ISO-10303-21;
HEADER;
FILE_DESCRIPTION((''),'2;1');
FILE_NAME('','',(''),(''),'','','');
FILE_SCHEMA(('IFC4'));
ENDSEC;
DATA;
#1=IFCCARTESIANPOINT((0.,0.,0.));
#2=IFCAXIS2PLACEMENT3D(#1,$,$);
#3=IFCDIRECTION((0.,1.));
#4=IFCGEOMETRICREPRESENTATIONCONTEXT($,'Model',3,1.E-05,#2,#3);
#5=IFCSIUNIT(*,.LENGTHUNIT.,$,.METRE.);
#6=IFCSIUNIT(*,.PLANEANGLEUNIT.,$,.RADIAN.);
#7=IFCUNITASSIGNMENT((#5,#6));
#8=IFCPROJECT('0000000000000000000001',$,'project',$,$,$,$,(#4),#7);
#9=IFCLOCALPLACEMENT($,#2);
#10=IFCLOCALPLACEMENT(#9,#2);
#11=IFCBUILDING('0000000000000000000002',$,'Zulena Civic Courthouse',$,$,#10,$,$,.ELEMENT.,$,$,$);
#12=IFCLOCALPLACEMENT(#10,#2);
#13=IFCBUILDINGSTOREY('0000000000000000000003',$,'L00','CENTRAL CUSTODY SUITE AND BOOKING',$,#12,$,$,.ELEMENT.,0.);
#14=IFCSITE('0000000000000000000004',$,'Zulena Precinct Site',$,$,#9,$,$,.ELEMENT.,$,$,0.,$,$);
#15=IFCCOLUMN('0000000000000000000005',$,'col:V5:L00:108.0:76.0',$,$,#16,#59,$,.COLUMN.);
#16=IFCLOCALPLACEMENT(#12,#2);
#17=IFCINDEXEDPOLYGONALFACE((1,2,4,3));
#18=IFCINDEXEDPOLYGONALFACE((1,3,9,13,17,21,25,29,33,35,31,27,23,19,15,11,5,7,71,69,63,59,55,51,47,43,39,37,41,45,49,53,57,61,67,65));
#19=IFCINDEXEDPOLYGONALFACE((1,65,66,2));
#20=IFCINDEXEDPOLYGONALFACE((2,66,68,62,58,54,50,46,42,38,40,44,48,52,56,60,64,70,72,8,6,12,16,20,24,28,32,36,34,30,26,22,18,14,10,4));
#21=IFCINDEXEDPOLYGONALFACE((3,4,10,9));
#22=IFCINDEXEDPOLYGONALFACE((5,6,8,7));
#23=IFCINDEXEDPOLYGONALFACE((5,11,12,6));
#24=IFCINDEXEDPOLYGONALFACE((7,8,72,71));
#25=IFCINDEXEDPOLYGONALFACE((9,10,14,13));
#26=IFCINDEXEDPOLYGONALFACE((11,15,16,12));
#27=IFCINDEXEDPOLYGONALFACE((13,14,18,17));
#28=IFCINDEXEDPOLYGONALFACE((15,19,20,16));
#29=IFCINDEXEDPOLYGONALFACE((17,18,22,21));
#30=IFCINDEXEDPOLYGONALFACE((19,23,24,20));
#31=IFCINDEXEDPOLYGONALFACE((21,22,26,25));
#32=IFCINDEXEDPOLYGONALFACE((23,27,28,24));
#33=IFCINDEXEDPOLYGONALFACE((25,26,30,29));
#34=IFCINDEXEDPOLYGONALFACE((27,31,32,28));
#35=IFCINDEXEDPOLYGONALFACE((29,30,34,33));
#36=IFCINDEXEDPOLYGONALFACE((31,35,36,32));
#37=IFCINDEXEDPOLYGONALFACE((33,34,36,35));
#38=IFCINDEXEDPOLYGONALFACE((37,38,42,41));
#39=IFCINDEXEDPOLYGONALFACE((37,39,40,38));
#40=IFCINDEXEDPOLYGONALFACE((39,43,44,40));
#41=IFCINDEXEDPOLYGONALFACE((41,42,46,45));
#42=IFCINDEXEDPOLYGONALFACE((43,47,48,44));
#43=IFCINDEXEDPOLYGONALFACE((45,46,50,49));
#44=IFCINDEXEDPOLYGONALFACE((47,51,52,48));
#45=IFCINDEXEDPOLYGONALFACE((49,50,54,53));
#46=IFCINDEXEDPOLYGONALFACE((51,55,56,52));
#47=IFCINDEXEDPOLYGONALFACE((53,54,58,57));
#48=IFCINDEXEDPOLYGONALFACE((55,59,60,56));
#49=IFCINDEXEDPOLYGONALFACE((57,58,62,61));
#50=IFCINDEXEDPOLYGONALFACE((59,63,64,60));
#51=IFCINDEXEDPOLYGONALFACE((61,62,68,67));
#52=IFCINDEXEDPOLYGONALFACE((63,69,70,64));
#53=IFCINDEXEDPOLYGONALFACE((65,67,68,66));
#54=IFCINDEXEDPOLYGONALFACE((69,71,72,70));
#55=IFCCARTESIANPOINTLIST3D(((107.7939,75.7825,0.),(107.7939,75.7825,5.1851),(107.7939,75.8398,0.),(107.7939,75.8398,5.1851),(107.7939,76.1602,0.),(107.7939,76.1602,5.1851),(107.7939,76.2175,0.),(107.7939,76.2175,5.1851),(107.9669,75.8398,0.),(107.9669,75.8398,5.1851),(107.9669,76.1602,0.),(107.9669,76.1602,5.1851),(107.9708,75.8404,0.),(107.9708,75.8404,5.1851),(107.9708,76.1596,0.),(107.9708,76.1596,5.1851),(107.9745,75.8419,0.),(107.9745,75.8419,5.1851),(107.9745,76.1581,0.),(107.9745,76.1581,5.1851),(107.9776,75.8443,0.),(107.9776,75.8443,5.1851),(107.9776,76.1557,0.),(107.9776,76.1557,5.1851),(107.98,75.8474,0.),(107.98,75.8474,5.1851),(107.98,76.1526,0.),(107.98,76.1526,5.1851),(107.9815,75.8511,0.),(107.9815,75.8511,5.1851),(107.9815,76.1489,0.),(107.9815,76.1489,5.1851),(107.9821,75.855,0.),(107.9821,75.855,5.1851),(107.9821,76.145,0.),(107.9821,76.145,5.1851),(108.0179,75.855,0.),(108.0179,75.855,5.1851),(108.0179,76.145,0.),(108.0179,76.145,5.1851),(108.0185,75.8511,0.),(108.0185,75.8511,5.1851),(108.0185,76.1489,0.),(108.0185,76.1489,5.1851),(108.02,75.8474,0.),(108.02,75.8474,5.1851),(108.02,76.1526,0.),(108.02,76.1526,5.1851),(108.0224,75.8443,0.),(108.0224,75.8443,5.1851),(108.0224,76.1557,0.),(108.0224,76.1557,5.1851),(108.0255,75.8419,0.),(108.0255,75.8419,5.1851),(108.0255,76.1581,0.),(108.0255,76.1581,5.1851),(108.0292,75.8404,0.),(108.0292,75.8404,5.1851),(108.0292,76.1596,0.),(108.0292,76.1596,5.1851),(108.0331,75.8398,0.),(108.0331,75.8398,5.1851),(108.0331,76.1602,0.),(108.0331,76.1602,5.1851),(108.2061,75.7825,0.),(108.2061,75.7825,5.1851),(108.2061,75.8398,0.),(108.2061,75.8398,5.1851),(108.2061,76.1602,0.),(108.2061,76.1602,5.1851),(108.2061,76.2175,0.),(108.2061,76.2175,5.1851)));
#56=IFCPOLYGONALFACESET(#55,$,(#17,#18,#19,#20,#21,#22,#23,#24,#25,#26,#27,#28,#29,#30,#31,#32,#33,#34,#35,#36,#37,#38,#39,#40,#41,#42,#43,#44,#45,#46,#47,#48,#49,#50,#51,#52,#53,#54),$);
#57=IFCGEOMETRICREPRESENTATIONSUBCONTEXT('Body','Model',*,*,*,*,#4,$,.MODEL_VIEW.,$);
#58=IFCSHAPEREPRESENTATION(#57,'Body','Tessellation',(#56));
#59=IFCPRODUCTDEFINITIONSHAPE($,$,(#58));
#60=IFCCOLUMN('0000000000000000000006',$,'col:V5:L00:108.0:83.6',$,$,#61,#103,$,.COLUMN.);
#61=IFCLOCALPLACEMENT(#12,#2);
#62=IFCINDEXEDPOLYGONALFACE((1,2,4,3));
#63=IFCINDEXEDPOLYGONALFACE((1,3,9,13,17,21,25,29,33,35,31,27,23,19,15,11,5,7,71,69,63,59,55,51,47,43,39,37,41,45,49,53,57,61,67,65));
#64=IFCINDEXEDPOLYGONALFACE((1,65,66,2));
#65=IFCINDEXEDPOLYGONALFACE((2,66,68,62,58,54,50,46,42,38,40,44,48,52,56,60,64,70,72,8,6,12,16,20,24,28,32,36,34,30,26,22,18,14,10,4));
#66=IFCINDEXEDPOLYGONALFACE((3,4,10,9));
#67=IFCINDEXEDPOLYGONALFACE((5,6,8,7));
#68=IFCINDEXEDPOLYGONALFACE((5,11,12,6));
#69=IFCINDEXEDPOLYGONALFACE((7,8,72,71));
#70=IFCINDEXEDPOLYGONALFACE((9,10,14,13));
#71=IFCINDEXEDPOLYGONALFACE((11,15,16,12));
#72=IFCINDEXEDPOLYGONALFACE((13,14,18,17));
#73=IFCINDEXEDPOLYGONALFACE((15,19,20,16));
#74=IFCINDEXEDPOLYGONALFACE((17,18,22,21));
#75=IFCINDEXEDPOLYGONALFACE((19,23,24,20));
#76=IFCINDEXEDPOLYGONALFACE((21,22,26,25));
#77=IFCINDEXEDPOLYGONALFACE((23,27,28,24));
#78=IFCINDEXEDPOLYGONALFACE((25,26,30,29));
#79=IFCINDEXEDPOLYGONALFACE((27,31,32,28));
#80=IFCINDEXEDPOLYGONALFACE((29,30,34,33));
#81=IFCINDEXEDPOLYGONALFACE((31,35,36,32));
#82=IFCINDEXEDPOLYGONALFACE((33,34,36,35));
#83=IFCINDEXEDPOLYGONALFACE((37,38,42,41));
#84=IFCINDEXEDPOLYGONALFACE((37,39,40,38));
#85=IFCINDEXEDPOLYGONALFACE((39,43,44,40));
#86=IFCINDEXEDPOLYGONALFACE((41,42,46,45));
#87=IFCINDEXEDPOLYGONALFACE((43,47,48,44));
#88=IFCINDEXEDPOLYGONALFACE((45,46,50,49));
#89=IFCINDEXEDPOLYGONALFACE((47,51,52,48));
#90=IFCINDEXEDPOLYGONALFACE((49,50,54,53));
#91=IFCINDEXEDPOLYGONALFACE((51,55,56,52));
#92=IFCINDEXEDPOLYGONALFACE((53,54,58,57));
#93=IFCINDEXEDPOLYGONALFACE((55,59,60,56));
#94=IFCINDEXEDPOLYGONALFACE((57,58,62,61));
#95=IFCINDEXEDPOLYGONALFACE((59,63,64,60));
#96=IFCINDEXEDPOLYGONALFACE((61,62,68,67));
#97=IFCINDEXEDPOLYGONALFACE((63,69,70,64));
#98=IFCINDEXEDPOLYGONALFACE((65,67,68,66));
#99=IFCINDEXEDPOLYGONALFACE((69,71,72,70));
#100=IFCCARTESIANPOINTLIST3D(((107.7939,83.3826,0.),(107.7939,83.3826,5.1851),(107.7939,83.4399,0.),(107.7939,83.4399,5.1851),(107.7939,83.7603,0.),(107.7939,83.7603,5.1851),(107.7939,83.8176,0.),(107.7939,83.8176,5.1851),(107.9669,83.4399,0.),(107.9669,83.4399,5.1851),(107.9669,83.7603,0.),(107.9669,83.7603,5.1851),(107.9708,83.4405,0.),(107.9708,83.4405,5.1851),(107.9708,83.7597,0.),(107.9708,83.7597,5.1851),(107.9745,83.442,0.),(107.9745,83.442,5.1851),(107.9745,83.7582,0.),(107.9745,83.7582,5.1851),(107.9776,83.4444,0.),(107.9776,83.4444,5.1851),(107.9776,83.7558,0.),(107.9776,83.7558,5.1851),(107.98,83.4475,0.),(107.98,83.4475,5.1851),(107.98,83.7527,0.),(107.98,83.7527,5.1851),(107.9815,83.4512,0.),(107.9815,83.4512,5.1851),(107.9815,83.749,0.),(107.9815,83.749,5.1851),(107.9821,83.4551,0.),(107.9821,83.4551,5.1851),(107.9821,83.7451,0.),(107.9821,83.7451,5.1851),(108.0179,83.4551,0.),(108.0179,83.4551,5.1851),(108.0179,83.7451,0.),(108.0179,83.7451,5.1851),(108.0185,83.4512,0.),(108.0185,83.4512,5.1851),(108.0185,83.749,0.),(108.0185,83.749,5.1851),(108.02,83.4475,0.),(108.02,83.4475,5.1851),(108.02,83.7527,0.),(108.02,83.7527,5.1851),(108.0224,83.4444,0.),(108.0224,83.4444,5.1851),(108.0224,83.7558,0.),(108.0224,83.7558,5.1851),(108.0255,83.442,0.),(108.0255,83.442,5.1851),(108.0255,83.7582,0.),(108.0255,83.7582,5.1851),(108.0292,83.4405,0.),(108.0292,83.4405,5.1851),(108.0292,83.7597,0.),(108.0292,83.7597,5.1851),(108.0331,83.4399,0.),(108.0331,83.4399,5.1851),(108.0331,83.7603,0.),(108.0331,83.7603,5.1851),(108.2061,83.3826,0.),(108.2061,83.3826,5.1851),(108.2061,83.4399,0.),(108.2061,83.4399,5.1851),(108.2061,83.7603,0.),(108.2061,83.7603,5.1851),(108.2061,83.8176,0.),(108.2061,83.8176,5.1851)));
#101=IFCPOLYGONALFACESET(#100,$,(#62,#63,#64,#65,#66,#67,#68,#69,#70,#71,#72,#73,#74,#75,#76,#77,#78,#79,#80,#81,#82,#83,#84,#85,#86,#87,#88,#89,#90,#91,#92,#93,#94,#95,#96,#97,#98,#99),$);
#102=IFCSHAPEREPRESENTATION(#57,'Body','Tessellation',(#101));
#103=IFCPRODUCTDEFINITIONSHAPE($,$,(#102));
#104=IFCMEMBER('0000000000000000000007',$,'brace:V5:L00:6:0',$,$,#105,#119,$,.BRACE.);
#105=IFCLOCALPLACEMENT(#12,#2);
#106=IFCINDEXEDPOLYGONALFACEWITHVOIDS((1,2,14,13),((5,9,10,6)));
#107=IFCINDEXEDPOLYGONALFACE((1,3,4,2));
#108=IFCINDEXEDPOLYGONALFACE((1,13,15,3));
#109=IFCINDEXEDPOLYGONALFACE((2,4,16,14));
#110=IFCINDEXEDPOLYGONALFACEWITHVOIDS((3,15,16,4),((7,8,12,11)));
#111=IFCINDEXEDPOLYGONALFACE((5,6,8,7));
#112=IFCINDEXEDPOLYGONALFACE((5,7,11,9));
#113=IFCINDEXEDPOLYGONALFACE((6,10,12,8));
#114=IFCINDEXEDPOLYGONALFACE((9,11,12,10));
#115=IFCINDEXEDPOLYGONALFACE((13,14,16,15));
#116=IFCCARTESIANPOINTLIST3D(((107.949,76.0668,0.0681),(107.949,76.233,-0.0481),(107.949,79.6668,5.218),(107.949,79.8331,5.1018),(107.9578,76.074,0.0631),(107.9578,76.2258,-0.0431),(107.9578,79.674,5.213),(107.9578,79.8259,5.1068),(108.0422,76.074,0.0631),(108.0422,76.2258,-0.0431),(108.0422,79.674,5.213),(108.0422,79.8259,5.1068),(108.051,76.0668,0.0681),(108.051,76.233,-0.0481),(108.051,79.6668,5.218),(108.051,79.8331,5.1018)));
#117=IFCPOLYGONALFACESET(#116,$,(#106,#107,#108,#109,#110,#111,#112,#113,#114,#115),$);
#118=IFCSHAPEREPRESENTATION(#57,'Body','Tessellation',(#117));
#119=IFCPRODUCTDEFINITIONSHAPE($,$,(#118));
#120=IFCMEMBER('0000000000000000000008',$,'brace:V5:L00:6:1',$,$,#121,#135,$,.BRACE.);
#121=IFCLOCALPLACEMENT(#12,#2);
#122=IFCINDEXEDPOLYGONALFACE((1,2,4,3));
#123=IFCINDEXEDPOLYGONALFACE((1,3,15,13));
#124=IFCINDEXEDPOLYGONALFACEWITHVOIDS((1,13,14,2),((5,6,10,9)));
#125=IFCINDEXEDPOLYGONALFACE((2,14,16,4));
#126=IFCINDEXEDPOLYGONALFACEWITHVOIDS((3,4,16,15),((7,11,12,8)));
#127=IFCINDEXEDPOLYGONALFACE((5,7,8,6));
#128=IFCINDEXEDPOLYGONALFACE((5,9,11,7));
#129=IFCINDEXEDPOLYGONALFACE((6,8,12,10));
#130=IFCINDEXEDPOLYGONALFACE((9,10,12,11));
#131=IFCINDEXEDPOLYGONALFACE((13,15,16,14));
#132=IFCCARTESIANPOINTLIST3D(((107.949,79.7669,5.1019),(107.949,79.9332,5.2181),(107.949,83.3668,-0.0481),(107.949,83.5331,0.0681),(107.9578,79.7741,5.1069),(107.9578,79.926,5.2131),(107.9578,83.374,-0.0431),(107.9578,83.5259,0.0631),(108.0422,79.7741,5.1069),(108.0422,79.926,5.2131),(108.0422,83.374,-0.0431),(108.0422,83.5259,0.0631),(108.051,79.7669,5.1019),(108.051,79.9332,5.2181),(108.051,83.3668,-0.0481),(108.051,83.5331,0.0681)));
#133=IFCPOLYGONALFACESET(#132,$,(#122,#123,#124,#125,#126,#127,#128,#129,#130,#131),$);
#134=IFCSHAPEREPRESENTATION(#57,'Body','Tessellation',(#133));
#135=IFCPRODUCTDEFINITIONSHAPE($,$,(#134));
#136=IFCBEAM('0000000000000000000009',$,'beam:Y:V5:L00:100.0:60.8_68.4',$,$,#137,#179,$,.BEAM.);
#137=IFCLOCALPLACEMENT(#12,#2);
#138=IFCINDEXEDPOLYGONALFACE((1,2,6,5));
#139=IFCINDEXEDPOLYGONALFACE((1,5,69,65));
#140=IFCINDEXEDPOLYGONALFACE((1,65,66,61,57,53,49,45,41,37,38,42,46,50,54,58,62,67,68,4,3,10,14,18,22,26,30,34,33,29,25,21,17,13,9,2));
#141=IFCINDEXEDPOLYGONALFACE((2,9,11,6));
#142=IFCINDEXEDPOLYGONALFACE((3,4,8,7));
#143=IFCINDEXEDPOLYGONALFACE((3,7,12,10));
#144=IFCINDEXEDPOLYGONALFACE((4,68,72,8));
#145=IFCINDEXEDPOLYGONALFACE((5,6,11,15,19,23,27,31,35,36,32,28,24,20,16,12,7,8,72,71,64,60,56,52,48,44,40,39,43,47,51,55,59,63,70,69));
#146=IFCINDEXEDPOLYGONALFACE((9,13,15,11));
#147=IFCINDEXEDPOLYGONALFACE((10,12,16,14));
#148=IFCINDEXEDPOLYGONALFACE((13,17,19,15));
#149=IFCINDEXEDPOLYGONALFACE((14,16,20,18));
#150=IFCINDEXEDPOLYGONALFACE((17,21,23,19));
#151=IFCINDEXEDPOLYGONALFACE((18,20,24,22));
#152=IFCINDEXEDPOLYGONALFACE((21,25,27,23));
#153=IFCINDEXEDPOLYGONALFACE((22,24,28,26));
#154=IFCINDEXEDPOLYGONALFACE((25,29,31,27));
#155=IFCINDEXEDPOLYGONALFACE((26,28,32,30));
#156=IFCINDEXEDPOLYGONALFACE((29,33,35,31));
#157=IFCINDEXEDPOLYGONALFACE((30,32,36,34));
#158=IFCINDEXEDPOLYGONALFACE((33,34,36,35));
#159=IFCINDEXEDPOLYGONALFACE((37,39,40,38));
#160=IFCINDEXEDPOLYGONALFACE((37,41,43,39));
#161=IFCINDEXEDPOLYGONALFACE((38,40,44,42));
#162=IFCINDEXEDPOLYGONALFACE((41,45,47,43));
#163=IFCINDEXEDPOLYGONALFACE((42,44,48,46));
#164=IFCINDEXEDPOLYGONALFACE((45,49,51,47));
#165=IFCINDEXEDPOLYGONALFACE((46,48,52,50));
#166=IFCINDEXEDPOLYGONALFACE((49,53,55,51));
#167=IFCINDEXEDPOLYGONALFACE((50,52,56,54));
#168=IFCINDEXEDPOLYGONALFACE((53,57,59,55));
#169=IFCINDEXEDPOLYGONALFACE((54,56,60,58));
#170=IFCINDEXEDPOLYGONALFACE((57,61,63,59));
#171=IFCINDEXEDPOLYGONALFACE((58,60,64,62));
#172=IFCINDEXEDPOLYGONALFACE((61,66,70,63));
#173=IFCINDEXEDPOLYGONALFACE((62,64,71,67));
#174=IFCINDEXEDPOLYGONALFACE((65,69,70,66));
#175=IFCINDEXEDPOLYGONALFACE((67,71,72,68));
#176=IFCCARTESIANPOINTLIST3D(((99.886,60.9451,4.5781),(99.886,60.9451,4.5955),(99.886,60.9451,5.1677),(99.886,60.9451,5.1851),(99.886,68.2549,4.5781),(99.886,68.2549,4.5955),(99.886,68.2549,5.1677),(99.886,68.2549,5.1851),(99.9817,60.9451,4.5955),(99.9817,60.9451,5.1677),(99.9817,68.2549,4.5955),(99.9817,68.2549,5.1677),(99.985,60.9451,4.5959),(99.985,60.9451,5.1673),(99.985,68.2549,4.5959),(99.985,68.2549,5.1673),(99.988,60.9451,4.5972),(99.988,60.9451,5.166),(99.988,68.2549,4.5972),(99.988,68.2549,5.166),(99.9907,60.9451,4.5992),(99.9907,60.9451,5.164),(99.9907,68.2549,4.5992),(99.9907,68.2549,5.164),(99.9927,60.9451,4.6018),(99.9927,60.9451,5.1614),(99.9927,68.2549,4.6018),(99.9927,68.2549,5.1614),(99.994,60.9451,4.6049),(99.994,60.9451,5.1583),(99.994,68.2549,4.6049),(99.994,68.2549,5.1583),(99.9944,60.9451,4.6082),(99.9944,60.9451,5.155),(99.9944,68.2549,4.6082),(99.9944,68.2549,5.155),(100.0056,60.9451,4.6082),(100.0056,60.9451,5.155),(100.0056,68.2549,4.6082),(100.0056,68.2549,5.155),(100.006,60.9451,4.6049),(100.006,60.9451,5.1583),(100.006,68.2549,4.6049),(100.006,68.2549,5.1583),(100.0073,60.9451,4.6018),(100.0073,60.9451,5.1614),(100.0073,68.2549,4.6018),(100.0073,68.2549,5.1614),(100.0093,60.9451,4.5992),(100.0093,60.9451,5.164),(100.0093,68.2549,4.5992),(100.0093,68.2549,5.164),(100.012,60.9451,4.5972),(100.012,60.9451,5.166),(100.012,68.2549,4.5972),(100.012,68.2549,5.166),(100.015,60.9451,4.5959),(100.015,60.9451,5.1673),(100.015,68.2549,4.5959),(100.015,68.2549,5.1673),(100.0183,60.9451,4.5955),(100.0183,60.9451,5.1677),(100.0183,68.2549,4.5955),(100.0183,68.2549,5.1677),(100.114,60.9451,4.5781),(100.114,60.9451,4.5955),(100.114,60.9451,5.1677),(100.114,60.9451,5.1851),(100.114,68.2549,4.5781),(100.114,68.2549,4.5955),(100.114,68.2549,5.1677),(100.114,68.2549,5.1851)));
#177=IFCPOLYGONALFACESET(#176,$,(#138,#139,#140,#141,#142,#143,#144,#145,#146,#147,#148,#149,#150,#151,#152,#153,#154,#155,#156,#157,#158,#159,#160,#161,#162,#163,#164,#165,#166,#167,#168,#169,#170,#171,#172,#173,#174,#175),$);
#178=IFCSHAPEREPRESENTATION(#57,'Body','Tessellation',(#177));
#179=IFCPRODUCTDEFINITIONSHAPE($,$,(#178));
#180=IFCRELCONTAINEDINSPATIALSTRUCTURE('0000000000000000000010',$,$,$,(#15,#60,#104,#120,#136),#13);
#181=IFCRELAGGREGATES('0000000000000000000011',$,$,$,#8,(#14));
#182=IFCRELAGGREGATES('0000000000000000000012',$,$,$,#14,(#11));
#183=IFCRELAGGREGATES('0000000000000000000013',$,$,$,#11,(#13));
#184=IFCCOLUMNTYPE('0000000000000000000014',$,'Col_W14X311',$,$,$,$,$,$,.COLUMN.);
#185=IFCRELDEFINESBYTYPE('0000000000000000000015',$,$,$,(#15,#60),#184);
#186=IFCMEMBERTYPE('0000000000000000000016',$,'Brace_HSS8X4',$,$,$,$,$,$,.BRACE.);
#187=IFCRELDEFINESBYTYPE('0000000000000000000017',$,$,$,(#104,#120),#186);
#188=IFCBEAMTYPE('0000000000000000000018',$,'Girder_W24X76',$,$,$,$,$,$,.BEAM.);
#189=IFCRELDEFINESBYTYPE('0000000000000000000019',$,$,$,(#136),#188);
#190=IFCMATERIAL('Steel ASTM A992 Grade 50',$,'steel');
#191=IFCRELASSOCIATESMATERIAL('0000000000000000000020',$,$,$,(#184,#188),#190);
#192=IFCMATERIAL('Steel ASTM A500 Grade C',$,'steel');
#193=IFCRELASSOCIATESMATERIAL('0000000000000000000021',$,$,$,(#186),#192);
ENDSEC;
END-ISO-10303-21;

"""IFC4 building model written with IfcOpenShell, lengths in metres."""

from ifc_helpers import new_model, si_unit, direction, frame, origin, origin_2d, place, context, subcontext, project, spatial, hollow_rectangle, i_section, extrude, material, material_profile, profile_set, type_object, element, save


model = new_model("IFC4")

# Units and contexts
model_context = context("Model", 3, precision=1e-05, world=origin(), true_north=direction((0.0, 1.0)))
body_context = subcontext(model_context, "Body", "Model", "MODEL_VIEW")
ifc_project = project(units=[si_unit("LENGTHUNIT", "METRE"), si_unit("PLANEANGLEUNIT", "RADIAN")], contexts=[model_context])

# Site, building, storey
site_placement = place(None, origin())
site = spatial("IfcSite", under=ifc_project, at=site_placement, Name="Zulena Precinct Site", CompositionType="ELEMENT", RefElevation=0.0)
building_placement = place(site_placement, origin())
building = spatial("IfcBuilding", under=site, at=building_placement, Name="Zulena Civic Courthouse", CompositionType="ELEMENT")
storey_placement = place(building_placement, origin())
storey = spatial("IfcBuildingStorey", under=building, at=storey_placement, Name="L00", Description="CENTRAL CUSTODY SUITE AND BOOKING", CompositionType="ELEMENT", Elevation=0.0)

# Columns
ifc_material_1 = material(Name="Steel ASTM A992 Grade 50", Category="steel")
ifc_material_profile_1 = material_profile(ifc_material_1, i_section(OverallWidth=0.4121, OverallDepth=0.4351, WebThickness=0.0359, FlangeThickness=0.0574, FilletRadius=0.0151, at=origin_2d()), Name="W14X311")
ifc_profile_set_1 = profile_set([ifc_material_profile_1], Name="Steel ASTM A992 Grade 50")
column_type_1 = type_object("IfcColumnType", Name="Col_W14X311", PredefinedType="COLUMN", material=ifc_profile_set_1)
for number, where, z_axis, x_axis, name in (
    (1, (108.0, 76.0, 0.0), (0.0, 0.0, 1.0), (1.0, 0.0, 0.0), "col:V5:L00:108.0:76.0"),
    (2, (108.0, 83.6001, 0.0), (0.0, 0.0, 1.0), (1.0, 0.0, 0.0), "col:V5:L00:108.0:83.6"),
):
    element("IfcColumn", number, at=place(storey_placement, frame(where, z_axis=z_axis, x_axis=x_axis)), inside=storey, type_object=column_type_1, Name=name, PredefinedType="COLUMN", context=body_context, shape_type="SweptSolid", body=[
        extrude(i_section(OverallWidth=0.4121, OverallDepth=0.4351, WebThickness=0.0359, FlangeThickness=0.0574, FilletRadius=0.0151, at=origin_2d()), origin(), (0.0, 0.0, 1.0), 5.1851),
    ])

# Members
ifc_material_2 = material(Name="Steel ASTM A500 Grade C", Category="steel")
ifc_material_profile_2 = material_profile(ifc_material_2, hollow_rectangle(XDim=0.1021, YDim=0.2029, WallThickness=0.0088, at=origin_2d()), Name="HSS8X4X3/8")
ifc_profile_set_2 = profile_set([ifc_material_profile_2], Name="Steel ASTM A500 Grade C")
member_type = type_object("IfcMemberType", Name="Brace_HSS8X4", PredefinedType="BRACE", material=ifc_profile_set_2)
for number, where, z_axis, x_axis, name in (
    (3, (108.0, 76.1499, 0.01), (0.0, 0.572946, 0.819593), (-1.0, 0.0, 0.0), "brace:V5:L00:6:0"),
    (4, (108.0, 83.45, 0.01), (0.0, -0.57292, 0.819611), (1.0, 0.0, 0.0), "brace:V5:L00:6:1"),
):
    element("IfcMember", number, at=place(storey_placement, frame(where, z_axis=z_axis, x_axis=x_axis)), inside=storey, type_object=member_type, Name=name, PredefinedType="BRACE", context=body_context, shape_type="SweptSolid", body=[
        extrude(hollow_rectangle(XDim=0.1021, YDim=0.2029, WallThickness=0.0088, at=origin_2d()), origin(), (0.0, 0.0, 1.0), 6.2834),
    ])

# Beam
ifc_material_profile_3 = material_profile(ifc_material_1, i_section(OverallWidth=0.228, OverallDepth=0.6069, WebThickness=0.0112, FlangeThickness=0.0173, FilletRadius=0.0127, at=origin_2d()), Name="W24X76")
ifc_profile_set_3 = profile_set([ifc_material_profile_3], Name="Steel ASTM A992 Grade 50")
beam_type_1 = type_object("IfcBeamType", Name="Girder_W24X76", PredefinedType="BEAM", material=ifc_profile_set_3)
beam_1_placement = place(storey_placement, frame((100.0, 60.9451, 4.8816), z_axis=(0.0, 1.0, 0.0), x_axis=(-1.0, 0.0, 0.0)))
element("IfcBeam", 5, at=beam_1_placement, inside=storey, type_object=beam_type_1, Name="beam:Y:V5:L00:100.0:60.8_68.4", PredefinedType="BEAM", context=body_context, shape_type="SweptSolid", body=[
    extrude(i_section(OverallWidth=0.228, OverallDepth=0.6069, WebThickness=0.0112, FlangeThickness=0.0173, FilletRadius=0.0127, at=origin_2d()), origin(), (0.0, 0.0, 1.0), 7.3098),
])

save(model, "model.ifc")
